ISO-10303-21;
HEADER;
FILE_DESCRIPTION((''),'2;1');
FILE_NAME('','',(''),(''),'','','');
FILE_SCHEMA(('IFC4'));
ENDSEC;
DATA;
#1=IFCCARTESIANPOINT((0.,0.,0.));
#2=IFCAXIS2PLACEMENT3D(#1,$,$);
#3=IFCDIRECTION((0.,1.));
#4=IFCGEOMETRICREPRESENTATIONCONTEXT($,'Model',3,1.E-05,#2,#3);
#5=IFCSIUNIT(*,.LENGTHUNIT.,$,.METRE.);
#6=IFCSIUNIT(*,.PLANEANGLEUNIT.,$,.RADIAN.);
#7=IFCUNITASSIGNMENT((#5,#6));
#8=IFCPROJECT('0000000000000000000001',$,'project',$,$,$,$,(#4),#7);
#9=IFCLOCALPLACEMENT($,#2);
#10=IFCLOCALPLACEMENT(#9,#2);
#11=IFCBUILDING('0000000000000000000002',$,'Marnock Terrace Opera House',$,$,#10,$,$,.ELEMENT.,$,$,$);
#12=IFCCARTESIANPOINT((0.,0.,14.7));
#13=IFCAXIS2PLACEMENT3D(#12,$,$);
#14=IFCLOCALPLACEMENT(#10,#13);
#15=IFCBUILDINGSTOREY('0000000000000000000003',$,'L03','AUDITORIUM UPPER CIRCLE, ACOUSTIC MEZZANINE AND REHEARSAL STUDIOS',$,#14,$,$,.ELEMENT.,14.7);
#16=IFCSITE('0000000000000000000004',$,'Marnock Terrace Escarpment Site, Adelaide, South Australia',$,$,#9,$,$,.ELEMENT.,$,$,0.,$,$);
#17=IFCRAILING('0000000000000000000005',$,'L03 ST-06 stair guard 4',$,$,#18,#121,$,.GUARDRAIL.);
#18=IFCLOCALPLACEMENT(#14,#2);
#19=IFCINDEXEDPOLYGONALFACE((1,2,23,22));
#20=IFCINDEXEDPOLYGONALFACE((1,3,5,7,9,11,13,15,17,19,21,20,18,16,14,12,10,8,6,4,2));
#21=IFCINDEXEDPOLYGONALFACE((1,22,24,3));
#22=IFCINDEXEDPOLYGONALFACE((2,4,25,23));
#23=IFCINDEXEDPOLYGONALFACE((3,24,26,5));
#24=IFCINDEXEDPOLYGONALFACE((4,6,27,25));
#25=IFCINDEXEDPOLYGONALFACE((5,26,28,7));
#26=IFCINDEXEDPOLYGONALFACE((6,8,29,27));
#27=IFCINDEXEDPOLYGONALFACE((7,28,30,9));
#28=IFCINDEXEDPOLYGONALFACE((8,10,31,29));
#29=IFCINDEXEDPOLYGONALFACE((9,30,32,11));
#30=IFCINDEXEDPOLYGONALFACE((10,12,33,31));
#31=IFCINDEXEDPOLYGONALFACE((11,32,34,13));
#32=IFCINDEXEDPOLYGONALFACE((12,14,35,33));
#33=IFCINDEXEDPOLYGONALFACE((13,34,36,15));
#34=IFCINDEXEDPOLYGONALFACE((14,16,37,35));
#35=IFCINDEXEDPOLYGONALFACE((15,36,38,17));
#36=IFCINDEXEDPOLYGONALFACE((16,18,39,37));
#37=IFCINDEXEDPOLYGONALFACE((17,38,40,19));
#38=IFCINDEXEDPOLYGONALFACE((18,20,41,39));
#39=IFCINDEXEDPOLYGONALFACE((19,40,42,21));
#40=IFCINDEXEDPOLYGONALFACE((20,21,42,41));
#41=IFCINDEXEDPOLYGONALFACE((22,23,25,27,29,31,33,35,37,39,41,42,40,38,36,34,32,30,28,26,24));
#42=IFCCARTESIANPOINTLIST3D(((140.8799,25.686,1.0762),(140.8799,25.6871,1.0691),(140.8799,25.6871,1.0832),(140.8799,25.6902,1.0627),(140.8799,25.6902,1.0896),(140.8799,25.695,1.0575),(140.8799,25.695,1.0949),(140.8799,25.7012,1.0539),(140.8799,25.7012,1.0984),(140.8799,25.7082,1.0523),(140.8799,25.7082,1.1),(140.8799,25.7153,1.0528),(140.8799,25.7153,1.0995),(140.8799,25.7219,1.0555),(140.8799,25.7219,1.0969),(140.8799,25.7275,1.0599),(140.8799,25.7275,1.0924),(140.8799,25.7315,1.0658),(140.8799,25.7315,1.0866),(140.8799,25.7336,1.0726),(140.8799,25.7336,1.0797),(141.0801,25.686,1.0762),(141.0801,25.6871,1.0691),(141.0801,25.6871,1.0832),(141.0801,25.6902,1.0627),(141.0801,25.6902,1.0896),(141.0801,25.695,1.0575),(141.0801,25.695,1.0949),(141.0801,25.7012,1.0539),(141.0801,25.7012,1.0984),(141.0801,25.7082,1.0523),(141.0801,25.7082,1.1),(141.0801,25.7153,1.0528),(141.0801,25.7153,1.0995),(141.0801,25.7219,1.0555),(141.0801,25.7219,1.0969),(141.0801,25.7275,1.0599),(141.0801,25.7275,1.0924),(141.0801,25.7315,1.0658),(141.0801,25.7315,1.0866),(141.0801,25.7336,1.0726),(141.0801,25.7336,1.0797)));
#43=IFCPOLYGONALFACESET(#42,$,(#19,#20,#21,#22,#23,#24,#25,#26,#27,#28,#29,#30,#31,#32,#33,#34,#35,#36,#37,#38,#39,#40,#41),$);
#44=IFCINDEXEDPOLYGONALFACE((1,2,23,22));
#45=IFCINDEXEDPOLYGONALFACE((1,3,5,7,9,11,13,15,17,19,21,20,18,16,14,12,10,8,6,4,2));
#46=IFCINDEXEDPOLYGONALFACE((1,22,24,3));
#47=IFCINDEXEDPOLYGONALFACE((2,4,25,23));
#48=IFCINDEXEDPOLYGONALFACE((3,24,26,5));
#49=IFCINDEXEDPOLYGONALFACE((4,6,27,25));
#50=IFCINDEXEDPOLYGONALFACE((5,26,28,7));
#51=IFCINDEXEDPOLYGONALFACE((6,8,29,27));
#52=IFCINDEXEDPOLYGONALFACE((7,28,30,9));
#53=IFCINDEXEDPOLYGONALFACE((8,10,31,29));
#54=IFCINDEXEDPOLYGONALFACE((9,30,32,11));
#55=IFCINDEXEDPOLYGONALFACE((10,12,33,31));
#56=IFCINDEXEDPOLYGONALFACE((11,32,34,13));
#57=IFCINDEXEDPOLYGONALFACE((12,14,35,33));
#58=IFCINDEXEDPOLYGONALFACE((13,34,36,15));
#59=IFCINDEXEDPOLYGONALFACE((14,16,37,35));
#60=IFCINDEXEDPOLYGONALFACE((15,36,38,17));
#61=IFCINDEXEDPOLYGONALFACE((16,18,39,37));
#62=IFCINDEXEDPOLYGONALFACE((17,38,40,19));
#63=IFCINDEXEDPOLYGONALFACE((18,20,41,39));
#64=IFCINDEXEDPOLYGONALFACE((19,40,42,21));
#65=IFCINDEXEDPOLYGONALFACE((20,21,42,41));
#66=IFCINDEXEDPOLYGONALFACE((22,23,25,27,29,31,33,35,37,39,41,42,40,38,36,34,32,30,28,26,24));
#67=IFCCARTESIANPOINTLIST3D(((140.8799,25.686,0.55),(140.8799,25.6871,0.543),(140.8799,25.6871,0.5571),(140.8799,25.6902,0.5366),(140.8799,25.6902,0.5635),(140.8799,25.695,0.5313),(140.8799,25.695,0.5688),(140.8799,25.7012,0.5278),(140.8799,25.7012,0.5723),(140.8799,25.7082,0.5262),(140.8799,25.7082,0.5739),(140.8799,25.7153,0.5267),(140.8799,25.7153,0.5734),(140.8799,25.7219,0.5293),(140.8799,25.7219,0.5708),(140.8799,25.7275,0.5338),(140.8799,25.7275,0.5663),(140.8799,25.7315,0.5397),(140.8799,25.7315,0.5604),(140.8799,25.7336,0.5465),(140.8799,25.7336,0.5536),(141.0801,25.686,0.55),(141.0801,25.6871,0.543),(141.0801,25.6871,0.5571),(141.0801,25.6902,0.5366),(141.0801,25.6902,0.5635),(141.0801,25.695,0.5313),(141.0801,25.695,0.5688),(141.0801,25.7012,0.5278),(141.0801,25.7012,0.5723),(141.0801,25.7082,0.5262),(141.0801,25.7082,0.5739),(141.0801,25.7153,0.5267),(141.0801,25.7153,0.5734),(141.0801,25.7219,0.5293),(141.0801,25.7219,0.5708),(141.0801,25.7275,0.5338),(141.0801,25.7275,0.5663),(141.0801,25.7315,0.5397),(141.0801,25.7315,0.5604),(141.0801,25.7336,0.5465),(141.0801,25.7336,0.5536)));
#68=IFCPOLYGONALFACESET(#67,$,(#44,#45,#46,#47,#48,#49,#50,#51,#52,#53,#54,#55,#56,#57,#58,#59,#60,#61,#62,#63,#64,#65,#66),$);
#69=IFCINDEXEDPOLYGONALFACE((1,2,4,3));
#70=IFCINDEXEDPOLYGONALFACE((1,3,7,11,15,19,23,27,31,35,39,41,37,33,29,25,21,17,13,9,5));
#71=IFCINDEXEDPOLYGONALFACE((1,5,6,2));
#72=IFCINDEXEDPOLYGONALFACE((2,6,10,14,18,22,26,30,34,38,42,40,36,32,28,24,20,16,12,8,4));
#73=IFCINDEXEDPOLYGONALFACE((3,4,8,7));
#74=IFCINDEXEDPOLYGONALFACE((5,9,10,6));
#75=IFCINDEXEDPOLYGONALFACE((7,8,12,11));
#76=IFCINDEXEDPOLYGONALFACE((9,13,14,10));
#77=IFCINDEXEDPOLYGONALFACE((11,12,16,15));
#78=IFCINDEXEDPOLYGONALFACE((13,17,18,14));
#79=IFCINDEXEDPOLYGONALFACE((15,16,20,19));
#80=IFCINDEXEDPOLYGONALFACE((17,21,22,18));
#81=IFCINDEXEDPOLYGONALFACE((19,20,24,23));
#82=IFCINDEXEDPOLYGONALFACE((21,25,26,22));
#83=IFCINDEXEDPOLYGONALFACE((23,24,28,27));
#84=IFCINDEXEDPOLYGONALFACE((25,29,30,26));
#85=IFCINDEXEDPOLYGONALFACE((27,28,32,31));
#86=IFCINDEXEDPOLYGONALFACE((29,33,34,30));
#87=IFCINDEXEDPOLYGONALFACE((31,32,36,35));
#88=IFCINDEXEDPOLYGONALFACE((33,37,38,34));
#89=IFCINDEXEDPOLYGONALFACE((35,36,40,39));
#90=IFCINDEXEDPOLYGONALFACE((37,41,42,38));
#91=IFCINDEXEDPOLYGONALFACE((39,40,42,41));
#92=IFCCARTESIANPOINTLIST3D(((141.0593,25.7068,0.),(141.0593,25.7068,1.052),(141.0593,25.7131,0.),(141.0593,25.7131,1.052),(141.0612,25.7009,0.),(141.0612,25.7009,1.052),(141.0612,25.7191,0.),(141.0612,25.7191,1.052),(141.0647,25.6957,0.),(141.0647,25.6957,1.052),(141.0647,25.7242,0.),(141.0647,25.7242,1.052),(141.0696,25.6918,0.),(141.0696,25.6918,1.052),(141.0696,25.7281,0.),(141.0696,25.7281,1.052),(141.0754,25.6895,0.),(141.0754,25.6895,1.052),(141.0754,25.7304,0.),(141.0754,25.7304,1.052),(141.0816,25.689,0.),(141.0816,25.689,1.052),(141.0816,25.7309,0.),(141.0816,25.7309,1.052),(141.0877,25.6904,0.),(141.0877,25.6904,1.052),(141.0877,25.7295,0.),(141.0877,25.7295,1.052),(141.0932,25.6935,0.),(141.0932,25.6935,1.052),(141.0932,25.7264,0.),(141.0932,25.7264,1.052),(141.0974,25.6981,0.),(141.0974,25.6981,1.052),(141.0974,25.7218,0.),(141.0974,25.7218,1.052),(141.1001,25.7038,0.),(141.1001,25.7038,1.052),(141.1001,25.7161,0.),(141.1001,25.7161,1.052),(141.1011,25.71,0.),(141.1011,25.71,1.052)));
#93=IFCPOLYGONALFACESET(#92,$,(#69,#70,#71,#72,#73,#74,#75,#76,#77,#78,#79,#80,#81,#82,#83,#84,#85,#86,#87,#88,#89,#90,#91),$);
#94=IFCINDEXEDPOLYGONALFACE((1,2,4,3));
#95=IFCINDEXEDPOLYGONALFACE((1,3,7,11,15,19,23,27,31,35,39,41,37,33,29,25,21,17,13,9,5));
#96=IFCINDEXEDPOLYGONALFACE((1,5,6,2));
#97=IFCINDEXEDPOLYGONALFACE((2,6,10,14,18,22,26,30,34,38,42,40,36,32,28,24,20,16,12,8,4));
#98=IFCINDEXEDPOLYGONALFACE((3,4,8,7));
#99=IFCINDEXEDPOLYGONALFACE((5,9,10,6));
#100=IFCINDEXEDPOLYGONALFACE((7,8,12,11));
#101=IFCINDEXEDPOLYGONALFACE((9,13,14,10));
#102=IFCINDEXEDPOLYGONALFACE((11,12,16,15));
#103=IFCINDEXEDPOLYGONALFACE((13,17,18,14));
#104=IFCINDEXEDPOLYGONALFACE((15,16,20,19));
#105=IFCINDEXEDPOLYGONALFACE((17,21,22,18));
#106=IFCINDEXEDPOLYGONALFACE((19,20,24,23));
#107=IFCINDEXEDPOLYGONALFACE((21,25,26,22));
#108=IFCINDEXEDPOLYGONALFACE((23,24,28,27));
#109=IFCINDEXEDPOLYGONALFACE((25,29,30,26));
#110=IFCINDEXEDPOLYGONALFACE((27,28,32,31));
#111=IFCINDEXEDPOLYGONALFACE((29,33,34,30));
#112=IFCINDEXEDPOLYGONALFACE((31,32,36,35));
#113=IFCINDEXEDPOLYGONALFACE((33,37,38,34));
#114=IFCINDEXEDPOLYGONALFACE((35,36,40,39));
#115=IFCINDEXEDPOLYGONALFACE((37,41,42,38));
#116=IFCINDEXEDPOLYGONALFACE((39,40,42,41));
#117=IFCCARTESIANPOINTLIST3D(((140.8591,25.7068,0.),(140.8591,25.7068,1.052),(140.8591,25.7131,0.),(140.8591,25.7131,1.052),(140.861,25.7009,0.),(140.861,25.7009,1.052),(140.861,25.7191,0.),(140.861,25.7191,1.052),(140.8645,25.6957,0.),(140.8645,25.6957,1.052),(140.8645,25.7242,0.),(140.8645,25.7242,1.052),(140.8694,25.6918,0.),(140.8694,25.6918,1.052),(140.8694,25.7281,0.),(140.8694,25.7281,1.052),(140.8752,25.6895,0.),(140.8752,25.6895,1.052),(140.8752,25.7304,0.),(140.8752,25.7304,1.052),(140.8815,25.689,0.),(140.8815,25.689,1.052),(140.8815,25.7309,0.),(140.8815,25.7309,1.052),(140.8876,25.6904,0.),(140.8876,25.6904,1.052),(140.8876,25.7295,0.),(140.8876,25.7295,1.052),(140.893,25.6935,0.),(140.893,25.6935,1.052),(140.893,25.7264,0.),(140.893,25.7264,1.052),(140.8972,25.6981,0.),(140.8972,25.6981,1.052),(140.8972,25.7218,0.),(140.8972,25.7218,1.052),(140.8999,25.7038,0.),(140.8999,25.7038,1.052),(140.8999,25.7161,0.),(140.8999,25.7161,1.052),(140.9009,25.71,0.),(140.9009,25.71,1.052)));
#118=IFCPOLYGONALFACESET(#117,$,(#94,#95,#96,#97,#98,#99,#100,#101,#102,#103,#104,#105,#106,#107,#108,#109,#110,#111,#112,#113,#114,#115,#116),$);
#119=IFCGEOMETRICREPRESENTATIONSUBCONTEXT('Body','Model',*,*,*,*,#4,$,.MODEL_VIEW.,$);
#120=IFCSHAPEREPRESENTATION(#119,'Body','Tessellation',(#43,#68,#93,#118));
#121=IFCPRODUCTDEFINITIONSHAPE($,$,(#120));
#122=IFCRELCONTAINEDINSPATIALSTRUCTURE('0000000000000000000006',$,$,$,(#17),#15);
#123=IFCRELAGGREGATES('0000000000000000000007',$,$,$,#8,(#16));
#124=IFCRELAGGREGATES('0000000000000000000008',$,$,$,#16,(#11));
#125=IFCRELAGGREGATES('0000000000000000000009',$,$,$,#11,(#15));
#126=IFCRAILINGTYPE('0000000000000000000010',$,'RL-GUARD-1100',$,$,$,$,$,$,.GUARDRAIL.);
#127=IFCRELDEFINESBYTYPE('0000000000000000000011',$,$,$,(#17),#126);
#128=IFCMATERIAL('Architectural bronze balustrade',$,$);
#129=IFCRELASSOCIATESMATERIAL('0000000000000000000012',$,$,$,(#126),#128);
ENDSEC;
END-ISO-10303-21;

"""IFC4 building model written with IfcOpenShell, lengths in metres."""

from ifc_helpers import new_model, si_unit, direction, frame, origin, origin_2d, place, context, subcontext, project, spatial, circle, extrude, material, type_object, element, save


model = new_model("IFC4")

# Units and contexts
model_context = context("Model", 3, precision=1e-05, world=origin(), true_north=direction((0.0, 1.0)))
body_context = subcontext(model_context, "Body", "Model", "MODEL_VIEW")
ifc_project = project(units=[si_unit("LENGTHUNIT", "METRE"), si_unit("PLANEANGLEUNIT", "RADIAN")], contexts=[model_context])

# Site, building, storey
site_placement = place(None, origin())
site = spatial("IfcSite", under=ifc_project, at=site_placement, Name="Marnock Terrace Escarpment Site, Adelaide, South Australia", CompositionType="ELEMENT", RefElevation=0.0)
building_placement = place(site_placement, origin())
building = spatial("IfcBuilding", under=site, at=building_placement, Name="Marnock Terrace Opera House", CompositionType="ELEMENT")
storey_placement = place(building_placement, frame((0.0, 0.0, 14.7)))
storey = spatial("IfcBuildingStorey", under=building, at=storey_placement, Name="L03", Description="AUDITORIUM UPPER CIRCLE, ACOUSTIC MEZZANINE AND REHEARSAL STUDIOS", CompositionType="ELEMENT", Elevation=14.7)

# Railing
ifc_material_1 = material(Name="Architectural bronze balustrade")
railing_type_1 = type_object("IfcRailingType", Name="RL-GUARD-1100", PredefinedType="GUARDRAIL", material=ifc_material_1)
railing_1_placement = place(storey_placement, frame((141.0801, 25.71, 0.0)))
element("IfcRailing", 1, at=railing_1_placement, inside=storey, type_object=railing_type_1, Name="L03 ST-06 stair guard 4", PredefinedType="GUARDRAIL", context=body_context, shape_type="SweptSolid", body=[
    extrude(circle(Radius=0.0239, at=origin_2d()), frame((0.0, 0.0, 1.0762), z_axis=(-1.0, 0.0, 0.0), x_axis=(0.0, -1.0, 0.0)), (0.0, 0.0, 1.0), 0.2002),
    extrude(circle(Radius=0.0239, at=origin_2d()), frame((0.0, 0.0, 0.55), z_axis=(-1.0, 0.0, 0.0), x_axis=(0.0, -1.0, 0.0)), (0.0, 0.0, 1.0), 0.2002),
    extrude(circle(Radius=0.021, at=origin_2d()), origin(), (0.0, 0.0, 1.0), 1.052),
    extrude(circle(Radius=0.021, at=origin_2d()), frame((-0.2002, 0.0, 0.0)), (0.0, 0.0, 1.0), 1.052),
])

save(model, "model.ifc")
